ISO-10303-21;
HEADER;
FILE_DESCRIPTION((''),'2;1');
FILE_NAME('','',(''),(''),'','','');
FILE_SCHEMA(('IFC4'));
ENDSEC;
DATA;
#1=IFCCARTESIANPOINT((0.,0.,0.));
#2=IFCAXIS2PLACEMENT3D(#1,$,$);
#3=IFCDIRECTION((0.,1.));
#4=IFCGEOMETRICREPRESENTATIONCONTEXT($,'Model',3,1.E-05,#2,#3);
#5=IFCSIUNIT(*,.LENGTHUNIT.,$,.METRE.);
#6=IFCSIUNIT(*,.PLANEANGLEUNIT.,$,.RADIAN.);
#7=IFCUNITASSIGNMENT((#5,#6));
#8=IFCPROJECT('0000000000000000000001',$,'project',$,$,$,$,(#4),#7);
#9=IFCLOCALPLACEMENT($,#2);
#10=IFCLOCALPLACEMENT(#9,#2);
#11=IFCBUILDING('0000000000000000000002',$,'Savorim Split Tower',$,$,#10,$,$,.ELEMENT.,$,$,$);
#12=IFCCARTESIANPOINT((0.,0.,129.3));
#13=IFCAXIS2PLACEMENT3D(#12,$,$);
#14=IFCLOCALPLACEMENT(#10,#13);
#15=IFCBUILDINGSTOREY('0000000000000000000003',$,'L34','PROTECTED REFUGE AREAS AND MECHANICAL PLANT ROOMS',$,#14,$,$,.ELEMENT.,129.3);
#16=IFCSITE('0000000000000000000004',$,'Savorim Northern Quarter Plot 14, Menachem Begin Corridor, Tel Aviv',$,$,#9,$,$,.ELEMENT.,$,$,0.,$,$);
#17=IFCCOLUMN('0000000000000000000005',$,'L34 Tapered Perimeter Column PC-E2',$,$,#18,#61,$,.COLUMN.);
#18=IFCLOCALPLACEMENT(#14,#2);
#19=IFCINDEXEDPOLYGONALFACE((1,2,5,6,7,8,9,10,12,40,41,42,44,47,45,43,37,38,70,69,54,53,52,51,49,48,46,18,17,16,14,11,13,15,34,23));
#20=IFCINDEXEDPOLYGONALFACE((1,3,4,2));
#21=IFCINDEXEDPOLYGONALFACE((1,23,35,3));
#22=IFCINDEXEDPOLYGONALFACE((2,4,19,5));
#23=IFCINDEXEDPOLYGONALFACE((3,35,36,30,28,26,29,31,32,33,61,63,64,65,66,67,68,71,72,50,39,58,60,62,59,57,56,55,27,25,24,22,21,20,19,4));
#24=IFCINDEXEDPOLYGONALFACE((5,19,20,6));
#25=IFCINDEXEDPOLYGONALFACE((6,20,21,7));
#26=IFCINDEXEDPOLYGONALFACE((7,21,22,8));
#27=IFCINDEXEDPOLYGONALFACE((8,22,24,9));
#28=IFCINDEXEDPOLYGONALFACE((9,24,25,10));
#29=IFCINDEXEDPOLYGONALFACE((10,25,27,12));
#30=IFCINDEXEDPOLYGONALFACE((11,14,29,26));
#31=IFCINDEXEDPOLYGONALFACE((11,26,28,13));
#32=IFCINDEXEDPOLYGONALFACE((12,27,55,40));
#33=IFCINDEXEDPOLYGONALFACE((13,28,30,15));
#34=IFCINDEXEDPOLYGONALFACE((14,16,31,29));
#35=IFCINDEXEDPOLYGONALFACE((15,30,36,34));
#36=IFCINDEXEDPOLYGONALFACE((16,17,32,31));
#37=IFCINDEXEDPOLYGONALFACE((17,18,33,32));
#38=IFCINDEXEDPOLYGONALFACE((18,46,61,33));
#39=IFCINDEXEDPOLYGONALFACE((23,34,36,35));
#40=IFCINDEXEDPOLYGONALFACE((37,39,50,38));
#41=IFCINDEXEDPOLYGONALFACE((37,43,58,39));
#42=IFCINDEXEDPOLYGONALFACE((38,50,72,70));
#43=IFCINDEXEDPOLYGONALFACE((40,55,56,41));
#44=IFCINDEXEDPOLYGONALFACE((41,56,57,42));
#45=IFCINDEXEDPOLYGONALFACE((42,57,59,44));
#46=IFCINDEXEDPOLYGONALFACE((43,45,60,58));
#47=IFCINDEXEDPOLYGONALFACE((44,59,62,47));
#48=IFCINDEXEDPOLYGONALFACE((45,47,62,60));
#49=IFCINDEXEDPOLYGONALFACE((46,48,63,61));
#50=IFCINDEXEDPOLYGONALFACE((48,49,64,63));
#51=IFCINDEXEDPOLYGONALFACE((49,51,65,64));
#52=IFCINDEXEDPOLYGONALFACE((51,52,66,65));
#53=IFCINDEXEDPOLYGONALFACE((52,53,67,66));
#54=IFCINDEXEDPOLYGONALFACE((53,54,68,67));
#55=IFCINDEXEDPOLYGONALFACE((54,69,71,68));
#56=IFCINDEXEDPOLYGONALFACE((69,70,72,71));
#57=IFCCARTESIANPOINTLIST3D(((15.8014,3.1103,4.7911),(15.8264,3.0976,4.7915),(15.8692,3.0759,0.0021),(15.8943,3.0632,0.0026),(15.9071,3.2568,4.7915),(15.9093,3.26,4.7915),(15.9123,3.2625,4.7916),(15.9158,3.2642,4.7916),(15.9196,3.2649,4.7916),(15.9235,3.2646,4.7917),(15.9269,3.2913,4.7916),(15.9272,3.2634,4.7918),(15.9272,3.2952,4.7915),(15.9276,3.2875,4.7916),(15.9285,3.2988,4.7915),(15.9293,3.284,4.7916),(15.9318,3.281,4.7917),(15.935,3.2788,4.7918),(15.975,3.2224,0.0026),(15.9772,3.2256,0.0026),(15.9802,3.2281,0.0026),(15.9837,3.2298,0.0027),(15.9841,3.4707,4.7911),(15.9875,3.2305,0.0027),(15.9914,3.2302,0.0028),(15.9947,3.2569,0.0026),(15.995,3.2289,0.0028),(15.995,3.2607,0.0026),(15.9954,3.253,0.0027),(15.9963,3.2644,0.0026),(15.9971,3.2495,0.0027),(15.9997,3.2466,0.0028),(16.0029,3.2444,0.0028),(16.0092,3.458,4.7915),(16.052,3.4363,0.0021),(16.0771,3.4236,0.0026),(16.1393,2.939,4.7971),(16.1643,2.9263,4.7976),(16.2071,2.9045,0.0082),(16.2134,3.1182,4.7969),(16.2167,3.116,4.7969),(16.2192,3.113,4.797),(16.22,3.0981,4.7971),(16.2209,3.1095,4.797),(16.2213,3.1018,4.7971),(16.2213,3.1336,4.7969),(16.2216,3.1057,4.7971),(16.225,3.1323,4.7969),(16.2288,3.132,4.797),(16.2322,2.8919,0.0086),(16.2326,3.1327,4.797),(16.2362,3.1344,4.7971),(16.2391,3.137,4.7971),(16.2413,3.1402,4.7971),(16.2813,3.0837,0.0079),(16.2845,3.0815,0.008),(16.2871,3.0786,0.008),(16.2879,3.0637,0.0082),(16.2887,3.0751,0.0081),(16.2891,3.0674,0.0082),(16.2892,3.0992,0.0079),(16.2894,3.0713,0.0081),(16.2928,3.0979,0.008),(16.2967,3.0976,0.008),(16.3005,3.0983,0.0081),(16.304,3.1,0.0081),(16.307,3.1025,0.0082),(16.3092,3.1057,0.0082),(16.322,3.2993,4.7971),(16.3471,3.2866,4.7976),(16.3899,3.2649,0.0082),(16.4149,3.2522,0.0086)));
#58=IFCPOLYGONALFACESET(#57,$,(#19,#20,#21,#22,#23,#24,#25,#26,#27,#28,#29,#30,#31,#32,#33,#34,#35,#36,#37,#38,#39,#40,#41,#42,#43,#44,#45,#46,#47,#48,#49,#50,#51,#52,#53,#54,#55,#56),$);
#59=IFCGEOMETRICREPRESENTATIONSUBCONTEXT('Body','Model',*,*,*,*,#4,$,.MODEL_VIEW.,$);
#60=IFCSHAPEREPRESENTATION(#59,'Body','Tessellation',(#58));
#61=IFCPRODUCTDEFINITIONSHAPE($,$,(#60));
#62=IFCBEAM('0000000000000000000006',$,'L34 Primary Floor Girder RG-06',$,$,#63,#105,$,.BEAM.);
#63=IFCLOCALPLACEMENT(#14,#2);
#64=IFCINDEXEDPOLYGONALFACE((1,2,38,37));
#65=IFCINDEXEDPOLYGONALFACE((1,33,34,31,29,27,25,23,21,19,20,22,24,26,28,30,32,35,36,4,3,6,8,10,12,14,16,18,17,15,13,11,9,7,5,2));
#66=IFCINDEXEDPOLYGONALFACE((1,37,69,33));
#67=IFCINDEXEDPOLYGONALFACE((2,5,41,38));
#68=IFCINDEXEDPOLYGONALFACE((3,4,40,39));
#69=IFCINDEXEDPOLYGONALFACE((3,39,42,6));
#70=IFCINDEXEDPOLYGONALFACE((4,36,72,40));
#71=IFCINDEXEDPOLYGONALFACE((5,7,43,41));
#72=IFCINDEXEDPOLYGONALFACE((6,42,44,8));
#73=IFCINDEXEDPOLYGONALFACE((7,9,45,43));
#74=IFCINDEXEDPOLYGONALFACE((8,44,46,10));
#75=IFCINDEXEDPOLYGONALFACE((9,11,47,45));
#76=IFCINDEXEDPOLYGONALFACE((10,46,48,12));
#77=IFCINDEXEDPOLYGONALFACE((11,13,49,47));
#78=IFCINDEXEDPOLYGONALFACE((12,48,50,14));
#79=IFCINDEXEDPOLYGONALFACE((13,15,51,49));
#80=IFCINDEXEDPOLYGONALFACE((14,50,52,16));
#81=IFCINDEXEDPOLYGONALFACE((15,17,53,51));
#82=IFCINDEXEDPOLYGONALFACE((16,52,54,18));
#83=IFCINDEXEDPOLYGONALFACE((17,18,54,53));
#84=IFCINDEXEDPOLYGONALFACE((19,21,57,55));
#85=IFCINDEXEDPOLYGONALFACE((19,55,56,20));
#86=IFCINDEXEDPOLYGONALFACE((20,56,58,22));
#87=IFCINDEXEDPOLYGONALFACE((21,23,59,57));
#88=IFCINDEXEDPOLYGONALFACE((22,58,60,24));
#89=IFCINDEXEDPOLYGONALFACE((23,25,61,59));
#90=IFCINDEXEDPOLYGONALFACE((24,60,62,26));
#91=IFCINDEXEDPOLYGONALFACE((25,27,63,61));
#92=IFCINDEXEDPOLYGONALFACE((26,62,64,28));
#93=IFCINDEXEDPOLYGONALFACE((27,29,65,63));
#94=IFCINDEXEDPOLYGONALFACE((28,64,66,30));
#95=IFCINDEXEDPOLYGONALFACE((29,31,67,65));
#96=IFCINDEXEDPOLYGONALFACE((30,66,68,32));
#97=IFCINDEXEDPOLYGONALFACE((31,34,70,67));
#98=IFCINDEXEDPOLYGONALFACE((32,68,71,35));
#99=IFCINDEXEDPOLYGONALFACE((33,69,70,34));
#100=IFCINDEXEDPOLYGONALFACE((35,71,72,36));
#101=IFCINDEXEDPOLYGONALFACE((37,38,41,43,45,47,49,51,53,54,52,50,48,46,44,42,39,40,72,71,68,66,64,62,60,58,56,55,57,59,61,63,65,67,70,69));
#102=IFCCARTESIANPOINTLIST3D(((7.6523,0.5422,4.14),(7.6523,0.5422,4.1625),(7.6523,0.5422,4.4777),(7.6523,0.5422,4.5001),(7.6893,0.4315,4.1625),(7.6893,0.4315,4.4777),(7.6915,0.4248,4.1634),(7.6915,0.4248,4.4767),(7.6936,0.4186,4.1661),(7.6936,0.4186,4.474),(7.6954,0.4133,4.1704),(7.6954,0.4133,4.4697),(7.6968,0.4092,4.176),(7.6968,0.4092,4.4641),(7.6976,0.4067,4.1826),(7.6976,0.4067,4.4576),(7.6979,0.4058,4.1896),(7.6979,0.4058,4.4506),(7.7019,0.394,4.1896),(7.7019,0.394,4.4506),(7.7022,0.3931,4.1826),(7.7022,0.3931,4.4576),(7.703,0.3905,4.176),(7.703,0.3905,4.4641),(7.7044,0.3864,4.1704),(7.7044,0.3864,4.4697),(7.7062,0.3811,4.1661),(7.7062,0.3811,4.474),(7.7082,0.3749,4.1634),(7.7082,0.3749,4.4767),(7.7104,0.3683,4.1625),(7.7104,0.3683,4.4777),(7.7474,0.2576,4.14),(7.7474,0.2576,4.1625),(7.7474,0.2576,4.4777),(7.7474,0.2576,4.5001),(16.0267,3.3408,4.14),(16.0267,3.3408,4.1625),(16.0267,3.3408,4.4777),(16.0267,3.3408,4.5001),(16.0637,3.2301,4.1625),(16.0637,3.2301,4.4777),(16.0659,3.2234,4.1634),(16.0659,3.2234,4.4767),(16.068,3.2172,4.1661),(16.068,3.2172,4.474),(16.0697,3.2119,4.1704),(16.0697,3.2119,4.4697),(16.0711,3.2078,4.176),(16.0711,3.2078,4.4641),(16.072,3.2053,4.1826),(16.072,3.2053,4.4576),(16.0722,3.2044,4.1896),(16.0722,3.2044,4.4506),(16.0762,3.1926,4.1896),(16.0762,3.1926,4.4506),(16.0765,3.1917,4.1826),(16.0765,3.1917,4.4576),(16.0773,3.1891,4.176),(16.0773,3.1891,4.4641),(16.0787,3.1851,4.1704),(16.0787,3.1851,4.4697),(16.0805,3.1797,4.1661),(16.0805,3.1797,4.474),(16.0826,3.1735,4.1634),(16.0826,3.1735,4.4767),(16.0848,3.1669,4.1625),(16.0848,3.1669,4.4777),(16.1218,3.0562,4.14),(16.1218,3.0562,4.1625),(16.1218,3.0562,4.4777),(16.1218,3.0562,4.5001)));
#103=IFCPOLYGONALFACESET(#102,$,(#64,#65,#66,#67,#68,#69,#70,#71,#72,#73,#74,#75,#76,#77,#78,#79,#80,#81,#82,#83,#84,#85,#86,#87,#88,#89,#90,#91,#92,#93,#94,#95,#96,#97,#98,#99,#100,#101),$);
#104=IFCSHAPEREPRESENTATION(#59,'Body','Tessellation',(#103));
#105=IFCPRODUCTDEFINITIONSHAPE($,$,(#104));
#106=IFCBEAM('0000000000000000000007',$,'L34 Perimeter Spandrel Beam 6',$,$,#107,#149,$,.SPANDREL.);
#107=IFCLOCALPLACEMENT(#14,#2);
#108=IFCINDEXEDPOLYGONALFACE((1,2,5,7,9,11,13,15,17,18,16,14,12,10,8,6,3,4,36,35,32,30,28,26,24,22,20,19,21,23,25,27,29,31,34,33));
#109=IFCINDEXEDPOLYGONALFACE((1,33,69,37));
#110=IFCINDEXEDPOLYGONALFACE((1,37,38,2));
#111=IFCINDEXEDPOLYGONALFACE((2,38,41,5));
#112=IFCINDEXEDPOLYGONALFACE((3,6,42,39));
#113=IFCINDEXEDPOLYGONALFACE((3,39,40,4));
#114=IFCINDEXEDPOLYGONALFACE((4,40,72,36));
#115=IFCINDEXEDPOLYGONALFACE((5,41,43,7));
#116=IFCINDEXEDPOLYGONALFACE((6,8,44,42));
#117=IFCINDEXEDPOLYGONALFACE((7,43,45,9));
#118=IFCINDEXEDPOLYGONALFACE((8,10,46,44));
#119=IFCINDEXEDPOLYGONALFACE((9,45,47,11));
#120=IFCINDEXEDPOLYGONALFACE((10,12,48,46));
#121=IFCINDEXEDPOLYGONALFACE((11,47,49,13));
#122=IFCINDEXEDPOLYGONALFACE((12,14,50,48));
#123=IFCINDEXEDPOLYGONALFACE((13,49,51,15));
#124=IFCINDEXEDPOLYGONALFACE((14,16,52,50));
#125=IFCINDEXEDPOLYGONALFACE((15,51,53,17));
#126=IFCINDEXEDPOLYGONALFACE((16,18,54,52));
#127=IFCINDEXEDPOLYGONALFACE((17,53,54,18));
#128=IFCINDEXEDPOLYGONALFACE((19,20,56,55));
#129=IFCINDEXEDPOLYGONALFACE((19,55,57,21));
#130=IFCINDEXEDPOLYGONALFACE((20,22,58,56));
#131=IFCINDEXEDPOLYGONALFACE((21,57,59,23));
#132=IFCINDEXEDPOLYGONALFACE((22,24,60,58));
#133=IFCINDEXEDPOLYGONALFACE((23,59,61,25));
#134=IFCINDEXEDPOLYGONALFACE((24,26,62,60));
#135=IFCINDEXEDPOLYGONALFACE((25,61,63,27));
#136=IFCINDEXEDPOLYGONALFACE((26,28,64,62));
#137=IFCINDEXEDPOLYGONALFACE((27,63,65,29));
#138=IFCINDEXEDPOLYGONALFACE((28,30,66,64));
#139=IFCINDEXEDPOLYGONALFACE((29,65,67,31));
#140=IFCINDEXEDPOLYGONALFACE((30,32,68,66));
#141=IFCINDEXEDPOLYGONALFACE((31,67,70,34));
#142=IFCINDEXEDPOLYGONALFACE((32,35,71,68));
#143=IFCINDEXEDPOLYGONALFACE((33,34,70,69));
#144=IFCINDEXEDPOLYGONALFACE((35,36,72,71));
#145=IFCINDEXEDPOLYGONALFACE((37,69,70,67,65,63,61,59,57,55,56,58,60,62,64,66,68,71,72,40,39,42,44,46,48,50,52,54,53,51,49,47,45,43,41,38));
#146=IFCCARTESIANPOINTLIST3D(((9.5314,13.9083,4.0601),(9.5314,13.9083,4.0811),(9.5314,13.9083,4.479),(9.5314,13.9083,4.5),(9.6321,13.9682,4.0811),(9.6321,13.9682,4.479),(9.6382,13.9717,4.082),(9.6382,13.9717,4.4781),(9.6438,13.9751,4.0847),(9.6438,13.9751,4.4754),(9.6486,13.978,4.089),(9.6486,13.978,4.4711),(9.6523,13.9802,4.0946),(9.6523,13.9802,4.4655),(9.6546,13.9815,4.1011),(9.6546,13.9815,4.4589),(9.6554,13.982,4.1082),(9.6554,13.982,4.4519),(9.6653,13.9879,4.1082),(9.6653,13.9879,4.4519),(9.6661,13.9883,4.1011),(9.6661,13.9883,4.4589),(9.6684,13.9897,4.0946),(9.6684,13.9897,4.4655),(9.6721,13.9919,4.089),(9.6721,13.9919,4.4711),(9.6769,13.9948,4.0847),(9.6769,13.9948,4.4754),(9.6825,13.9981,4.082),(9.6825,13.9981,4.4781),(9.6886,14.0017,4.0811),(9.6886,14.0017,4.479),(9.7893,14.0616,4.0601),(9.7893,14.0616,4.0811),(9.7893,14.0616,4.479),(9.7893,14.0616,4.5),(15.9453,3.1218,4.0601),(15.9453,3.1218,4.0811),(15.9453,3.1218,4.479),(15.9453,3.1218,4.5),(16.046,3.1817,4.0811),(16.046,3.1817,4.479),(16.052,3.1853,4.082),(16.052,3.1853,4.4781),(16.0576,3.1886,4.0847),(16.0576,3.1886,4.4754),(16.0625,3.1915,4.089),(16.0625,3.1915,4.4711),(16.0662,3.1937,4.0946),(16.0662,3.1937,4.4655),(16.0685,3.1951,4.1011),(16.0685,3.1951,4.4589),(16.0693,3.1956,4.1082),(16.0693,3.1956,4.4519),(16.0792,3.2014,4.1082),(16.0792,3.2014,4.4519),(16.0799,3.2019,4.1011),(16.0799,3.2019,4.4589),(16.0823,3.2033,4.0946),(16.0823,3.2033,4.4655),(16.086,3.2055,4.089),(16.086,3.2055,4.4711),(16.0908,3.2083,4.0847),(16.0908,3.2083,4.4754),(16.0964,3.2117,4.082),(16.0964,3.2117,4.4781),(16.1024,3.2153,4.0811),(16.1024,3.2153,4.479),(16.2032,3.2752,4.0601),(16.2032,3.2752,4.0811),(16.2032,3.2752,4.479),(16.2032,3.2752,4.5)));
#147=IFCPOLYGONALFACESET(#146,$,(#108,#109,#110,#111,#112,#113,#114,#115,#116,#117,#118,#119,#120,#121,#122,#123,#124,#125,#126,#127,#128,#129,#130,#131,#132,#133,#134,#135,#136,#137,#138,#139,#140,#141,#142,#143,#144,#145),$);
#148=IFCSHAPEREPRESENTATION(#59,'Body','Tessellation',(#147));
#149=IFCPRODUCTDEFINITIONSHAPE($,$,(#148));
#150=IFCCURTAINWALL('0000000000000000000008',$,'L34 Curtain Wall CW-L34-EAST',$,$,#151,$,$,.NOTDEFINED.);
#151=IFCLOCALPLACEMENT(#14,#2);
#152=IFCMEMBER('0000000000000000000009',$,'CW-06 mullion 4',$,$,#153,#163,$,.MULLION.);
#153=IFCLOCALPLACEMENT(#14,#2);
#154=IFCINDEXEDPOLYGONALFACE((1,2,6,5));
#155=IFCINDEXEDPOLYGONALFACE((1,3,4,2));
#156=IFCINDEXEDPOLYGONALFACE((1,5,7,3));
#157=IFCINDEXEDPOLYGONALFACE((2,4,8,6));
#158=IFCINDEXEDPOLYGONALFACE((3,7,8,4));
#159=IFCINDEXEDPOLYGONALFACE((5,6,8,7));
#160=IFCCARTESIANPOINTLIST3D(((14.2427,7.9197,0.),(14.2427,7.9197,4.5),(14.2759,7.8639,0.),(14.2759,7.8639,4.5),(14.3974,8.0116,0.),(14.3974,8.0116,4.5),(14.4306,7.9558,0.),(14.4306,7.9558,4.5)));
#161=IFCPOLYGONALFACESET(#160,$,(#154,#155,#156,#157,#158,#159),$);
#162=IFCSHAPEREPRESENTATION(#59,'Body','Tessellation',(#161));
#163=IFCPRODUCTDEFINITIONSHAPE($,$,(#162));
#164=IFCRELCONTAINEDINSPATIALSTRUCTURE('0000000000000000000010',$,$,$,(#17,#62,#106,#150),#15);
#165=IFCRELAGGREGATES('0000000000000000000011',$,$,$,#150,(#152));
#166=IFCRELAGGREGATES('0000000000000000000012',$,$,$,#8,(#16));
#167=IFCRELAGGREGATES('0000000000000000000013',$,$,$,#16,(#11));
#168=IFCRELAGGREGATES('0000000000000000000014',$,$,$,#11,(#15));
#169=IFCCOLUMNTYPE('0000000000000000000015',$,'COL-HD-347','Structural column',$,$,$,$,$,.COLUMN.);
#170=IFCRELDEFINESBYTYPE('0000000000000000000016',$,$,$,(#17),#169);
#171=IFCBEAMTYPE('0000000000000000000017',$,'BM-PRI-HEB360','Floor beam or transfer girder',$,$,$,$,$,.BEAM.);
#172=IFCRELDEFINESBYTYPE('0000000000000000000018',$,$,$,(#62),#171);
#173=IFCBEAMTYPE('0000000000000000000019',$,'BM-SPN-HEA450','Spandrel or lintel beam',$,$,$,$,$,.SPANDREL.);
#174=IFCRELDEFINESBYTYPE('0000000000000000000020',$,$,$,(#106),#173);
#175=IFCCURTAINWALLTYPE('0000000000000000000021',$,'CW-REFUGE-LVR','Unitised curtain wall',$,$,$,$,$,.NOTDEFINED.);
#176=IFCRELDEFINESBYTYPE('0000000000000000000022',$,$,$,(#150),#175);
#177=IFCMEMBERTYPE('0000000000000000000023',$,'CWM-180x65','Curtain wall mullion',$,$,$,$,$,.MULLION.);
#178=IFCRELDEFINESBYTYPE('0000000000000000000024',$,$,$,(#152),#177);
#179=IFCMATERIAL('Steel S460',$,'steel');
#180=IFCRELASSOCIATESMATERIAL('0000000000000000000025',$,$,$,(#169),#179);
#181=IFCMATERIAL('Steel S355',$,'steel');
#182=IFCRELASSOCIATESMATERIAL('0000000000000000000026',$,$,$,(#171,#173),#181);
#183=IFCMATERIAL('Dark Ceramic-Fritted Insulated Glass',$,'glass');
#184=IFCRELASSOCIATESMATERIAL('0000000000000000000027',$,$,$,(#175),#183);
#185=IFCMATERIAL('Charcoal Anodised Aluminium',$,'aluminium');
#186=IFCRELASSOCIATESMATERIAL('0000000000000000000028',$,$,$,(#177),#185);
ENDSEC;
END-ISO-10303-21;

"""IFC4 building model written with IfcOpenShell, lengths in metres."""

from ifc_helpers import new_model, si_unit, direction, frame, origin, origin_2d, place, context, subcontext, project, spatial, rectangle, i_section, extrude, material, material_profile, profile_set, type_object, element, aggregate, save


model = new_model("IFC4")

# Units and contexts
model_context = context("Model", 3, precision=1e-05, world=origin(), true_north=direction((0.0, 1.0)))
body_context = subcontext(model_context, "Body", "Model", "MODEL_VIEW")
ifc_project = project(units=[si_unit("LENGTHUNIT", "METRE"), si_unit("PLANEANGLEUNIT", "RADIAN")], contexts=[model_context])

# Site, building, storey
site_placement = place(None, origin())
site = spatial("IfcSite", under=ifc_project, at=site_placement, Name="Savorim Northern Quarter Plot 14, Menachem Begin Corridor, Tel Aviv", CompositionType="ELEMENT", RefElevation=0.0)
building_placement = place(site_placement, origin())
building = spatial("IfcBuilding", under=site, at=building_placement, Name="Savorim Split Tower", CompositionType="ELEMENT")
storey_placement = place(building_placement, frame((0.0, 0.0, 129.3)))
storey = spatial("IfcBuildingStorey", under=building, at=storey_placement, Name="L34", Description="PROTECTED REFUGE AREAS AND MECHANICAL PLANT ROOMS", CompositionType="ELEMENT", Elevation=129.3)

# Column
ifc_material_1 = material(Name="Steel S460", Category="steel")
ifc_material_profile_1 = material_profile(ifc_material_1, i_section(OverallWidth=0.4041, OverallDepth=0.407, WebThickness=0.0173, FlangeThickness=0.0281, FilletRadius=0.0149, at=origin_2d()), Name="HD 400x347")
ifc_profile_set_1 = profile_set([ifc_material_profile_1], Name="Steel S460")
column_type = type_object("IfcColumnType", Name="COL-HD-347", Description="Structural column", PredefinedType="COLUMN", material=ifc_profile_set_1)
column_placement = place(storey_placement, frame((16.1421, 3.1641, 0.0054), z_axis=(-0.01417, 0.007187, 0.999874), x_axis=(-0.452339, -0.891846, 0.0)))
element("IfcColumn", 1, at=column_placement, inside=storey, type_object=column_type, Name="L34 Tapered Perimeter Column PC-E2", PredefinedType="COLUMN", context=body_context, shape_type="SweptSolid", body=[
    extrude(i_section(OverallWidth=0.4041, OverallDepth=0.407, WebThickness=0.0173, FlangeThickness=0.0281, FilletRadius=0.0149, at=origin_2d()), origin(), (0.0, 0.0, 1.0), 4.7896),
])

# Beams
ifc_material_2 = material(Name="Steel S355", Category="steel")
ifc_material_profile_2 = material_profile(ifc_material_2, i_section(OverallWidth=0.3, OverallDepth=0.3601, WebThickness=0.0125, FlangeThickness=0.0225, FilletRadius=0.0271, at=origin_2d()), Name="HEB 360")
ifc_profile_set_2 = profile_set([ifc_material_profile_2], Name="Steel S355")
beam_type_1 = type_object("IfcBeamType", Name="BM-PRI-HEB360", Description="Floor beam or transfer girder", PredefinedType="BEAM", material=ifc_profile_set_2)
beam_1_placement = place(storey_placement, frame((16.0742, 3.1985, 4.3201), z_axis=(-0.94844, -0.316958, 0.0), x_axis=(0.316958, -0.94844, 0.0)))
element("IfcBeam", 2, at=beam_1_placement, inside=storey, type_object=beam_type_1, Name="L34 Primary Floor Girder RG-06", PredefinedType="BEAM", context=body_context, shape_type="SweptSolid", body=[
    extrude(i_section(OverallWidth=0.3, OverallDepth=0.3601, WebThickness=0.0125, FlangeThickness=0.0225, FilletRadius=0.0271, at=origin_2d()), origin(), (0.0, 0.0, 1.0), 8.8296),
])
ifc_material_profile_3 = material_profile(ifc_material_2, i_section(OverallWidth=0.3, OverallDepth=0.4399, WebThickness=0.0115, FlangeThickness=0.021, FilletRadius=0.0271, at=origin_2d()), Name="HEA 450")
ifc_profile_set_3 = profile_set([ifc_material_profile_3], Name="Steel S355")
beam_type_2 = type_object("IfcBeamType", Name="BM-SPN-HEA450", Description="Spandrel or lintel beam", PredefinedType="SPANDREL", material=ifc_profile_set_3)
beam_2_placement = place(storey_placement, frame((16.0742, 3.1985, 4.28), z_axis=(-0.511093, 0.859525, 0.0), x_axis=(-0.859525, -0.511093, 0.0)))
element("IfcBeam", 3, at=beam_2_placement, inside=storey, type_object=beam_type_2, Name="L34 Perimeter Spandrel Beam 6", PredefinedType="SPANDREL", context=body_context, shape_type="SweptSolid", body=[
    extrude(i_section(OverallWidth=0.3, OverallDepth=0.4399, WebThickness=0.0115, FlangeThickness=0.021, FilletRadius=0.0271, at=origin_2d()), origin(), (0.0, 0.0, 1.0), 12.5493),
])

# Curtain wall, member
ifc_material_3 = material(Name="Dark Ceramic-Fritted Insulated Glass", Category="glass")
curtain_wall_type = type_object("IfcCurtainWallType", Name="CW-REFUGE-LVR", Description="Unitised curtain wall", PredefinedType="NOTDEFINED", material=ifc_material_3)
curtain_wall_placement = place(storey_placement, origin())
curtain_wall = element("IfcCurtainWall", 4, at=curtain_wall_placement, inside=storey, type_object=curtain_wall_type, Name="L34 Curtain Wall CW-L34-EAST", PredefinedType="NOTDEFINED")
ifc_material_4 = material(Name="Charcoal Anodised Aluminium", Category="aluminium")
ifc_material_profile_4 = material_profile(ifc_material_4, rectangle(XDim=0.1799, YDim=0.0649, at=origin_2d()), Name="ALU-M 180x65")
ifc_profile_set_4 = profile_set([ifc_material_profile_4], Name="Charcoal Anodised Aluminium")
member_type_1 = type_object("IfcMemberType", Name="CWM-180x65", Description="Curtain wall mullion", PredefinedType="MULLION", material=ifc_profile_set_4)
member_1_placement = place(storey_placement, frame((14.3367, 7.9377, 0.0), z_axis=(0.0, 0.0, 1.0), x_axis=(-0.859527, -0.511091, 0.0)))
member_1 = element("IfcMember", 5, at=member_1_placement, type_object=member_type_1, Name="CW-06 mullion 4", PredefinedType="MULLION", context=body_context, shape_type="SweptSolid", body=[
    extrude(rectangle(XDim=0.1799, YDim=0.0649, at=origin_2d()), origin(), (0.0, 0.0, 1.0), 4.5),
])

aggregate(curtain_wall, [member_1])

save(model, "model.ifc")
